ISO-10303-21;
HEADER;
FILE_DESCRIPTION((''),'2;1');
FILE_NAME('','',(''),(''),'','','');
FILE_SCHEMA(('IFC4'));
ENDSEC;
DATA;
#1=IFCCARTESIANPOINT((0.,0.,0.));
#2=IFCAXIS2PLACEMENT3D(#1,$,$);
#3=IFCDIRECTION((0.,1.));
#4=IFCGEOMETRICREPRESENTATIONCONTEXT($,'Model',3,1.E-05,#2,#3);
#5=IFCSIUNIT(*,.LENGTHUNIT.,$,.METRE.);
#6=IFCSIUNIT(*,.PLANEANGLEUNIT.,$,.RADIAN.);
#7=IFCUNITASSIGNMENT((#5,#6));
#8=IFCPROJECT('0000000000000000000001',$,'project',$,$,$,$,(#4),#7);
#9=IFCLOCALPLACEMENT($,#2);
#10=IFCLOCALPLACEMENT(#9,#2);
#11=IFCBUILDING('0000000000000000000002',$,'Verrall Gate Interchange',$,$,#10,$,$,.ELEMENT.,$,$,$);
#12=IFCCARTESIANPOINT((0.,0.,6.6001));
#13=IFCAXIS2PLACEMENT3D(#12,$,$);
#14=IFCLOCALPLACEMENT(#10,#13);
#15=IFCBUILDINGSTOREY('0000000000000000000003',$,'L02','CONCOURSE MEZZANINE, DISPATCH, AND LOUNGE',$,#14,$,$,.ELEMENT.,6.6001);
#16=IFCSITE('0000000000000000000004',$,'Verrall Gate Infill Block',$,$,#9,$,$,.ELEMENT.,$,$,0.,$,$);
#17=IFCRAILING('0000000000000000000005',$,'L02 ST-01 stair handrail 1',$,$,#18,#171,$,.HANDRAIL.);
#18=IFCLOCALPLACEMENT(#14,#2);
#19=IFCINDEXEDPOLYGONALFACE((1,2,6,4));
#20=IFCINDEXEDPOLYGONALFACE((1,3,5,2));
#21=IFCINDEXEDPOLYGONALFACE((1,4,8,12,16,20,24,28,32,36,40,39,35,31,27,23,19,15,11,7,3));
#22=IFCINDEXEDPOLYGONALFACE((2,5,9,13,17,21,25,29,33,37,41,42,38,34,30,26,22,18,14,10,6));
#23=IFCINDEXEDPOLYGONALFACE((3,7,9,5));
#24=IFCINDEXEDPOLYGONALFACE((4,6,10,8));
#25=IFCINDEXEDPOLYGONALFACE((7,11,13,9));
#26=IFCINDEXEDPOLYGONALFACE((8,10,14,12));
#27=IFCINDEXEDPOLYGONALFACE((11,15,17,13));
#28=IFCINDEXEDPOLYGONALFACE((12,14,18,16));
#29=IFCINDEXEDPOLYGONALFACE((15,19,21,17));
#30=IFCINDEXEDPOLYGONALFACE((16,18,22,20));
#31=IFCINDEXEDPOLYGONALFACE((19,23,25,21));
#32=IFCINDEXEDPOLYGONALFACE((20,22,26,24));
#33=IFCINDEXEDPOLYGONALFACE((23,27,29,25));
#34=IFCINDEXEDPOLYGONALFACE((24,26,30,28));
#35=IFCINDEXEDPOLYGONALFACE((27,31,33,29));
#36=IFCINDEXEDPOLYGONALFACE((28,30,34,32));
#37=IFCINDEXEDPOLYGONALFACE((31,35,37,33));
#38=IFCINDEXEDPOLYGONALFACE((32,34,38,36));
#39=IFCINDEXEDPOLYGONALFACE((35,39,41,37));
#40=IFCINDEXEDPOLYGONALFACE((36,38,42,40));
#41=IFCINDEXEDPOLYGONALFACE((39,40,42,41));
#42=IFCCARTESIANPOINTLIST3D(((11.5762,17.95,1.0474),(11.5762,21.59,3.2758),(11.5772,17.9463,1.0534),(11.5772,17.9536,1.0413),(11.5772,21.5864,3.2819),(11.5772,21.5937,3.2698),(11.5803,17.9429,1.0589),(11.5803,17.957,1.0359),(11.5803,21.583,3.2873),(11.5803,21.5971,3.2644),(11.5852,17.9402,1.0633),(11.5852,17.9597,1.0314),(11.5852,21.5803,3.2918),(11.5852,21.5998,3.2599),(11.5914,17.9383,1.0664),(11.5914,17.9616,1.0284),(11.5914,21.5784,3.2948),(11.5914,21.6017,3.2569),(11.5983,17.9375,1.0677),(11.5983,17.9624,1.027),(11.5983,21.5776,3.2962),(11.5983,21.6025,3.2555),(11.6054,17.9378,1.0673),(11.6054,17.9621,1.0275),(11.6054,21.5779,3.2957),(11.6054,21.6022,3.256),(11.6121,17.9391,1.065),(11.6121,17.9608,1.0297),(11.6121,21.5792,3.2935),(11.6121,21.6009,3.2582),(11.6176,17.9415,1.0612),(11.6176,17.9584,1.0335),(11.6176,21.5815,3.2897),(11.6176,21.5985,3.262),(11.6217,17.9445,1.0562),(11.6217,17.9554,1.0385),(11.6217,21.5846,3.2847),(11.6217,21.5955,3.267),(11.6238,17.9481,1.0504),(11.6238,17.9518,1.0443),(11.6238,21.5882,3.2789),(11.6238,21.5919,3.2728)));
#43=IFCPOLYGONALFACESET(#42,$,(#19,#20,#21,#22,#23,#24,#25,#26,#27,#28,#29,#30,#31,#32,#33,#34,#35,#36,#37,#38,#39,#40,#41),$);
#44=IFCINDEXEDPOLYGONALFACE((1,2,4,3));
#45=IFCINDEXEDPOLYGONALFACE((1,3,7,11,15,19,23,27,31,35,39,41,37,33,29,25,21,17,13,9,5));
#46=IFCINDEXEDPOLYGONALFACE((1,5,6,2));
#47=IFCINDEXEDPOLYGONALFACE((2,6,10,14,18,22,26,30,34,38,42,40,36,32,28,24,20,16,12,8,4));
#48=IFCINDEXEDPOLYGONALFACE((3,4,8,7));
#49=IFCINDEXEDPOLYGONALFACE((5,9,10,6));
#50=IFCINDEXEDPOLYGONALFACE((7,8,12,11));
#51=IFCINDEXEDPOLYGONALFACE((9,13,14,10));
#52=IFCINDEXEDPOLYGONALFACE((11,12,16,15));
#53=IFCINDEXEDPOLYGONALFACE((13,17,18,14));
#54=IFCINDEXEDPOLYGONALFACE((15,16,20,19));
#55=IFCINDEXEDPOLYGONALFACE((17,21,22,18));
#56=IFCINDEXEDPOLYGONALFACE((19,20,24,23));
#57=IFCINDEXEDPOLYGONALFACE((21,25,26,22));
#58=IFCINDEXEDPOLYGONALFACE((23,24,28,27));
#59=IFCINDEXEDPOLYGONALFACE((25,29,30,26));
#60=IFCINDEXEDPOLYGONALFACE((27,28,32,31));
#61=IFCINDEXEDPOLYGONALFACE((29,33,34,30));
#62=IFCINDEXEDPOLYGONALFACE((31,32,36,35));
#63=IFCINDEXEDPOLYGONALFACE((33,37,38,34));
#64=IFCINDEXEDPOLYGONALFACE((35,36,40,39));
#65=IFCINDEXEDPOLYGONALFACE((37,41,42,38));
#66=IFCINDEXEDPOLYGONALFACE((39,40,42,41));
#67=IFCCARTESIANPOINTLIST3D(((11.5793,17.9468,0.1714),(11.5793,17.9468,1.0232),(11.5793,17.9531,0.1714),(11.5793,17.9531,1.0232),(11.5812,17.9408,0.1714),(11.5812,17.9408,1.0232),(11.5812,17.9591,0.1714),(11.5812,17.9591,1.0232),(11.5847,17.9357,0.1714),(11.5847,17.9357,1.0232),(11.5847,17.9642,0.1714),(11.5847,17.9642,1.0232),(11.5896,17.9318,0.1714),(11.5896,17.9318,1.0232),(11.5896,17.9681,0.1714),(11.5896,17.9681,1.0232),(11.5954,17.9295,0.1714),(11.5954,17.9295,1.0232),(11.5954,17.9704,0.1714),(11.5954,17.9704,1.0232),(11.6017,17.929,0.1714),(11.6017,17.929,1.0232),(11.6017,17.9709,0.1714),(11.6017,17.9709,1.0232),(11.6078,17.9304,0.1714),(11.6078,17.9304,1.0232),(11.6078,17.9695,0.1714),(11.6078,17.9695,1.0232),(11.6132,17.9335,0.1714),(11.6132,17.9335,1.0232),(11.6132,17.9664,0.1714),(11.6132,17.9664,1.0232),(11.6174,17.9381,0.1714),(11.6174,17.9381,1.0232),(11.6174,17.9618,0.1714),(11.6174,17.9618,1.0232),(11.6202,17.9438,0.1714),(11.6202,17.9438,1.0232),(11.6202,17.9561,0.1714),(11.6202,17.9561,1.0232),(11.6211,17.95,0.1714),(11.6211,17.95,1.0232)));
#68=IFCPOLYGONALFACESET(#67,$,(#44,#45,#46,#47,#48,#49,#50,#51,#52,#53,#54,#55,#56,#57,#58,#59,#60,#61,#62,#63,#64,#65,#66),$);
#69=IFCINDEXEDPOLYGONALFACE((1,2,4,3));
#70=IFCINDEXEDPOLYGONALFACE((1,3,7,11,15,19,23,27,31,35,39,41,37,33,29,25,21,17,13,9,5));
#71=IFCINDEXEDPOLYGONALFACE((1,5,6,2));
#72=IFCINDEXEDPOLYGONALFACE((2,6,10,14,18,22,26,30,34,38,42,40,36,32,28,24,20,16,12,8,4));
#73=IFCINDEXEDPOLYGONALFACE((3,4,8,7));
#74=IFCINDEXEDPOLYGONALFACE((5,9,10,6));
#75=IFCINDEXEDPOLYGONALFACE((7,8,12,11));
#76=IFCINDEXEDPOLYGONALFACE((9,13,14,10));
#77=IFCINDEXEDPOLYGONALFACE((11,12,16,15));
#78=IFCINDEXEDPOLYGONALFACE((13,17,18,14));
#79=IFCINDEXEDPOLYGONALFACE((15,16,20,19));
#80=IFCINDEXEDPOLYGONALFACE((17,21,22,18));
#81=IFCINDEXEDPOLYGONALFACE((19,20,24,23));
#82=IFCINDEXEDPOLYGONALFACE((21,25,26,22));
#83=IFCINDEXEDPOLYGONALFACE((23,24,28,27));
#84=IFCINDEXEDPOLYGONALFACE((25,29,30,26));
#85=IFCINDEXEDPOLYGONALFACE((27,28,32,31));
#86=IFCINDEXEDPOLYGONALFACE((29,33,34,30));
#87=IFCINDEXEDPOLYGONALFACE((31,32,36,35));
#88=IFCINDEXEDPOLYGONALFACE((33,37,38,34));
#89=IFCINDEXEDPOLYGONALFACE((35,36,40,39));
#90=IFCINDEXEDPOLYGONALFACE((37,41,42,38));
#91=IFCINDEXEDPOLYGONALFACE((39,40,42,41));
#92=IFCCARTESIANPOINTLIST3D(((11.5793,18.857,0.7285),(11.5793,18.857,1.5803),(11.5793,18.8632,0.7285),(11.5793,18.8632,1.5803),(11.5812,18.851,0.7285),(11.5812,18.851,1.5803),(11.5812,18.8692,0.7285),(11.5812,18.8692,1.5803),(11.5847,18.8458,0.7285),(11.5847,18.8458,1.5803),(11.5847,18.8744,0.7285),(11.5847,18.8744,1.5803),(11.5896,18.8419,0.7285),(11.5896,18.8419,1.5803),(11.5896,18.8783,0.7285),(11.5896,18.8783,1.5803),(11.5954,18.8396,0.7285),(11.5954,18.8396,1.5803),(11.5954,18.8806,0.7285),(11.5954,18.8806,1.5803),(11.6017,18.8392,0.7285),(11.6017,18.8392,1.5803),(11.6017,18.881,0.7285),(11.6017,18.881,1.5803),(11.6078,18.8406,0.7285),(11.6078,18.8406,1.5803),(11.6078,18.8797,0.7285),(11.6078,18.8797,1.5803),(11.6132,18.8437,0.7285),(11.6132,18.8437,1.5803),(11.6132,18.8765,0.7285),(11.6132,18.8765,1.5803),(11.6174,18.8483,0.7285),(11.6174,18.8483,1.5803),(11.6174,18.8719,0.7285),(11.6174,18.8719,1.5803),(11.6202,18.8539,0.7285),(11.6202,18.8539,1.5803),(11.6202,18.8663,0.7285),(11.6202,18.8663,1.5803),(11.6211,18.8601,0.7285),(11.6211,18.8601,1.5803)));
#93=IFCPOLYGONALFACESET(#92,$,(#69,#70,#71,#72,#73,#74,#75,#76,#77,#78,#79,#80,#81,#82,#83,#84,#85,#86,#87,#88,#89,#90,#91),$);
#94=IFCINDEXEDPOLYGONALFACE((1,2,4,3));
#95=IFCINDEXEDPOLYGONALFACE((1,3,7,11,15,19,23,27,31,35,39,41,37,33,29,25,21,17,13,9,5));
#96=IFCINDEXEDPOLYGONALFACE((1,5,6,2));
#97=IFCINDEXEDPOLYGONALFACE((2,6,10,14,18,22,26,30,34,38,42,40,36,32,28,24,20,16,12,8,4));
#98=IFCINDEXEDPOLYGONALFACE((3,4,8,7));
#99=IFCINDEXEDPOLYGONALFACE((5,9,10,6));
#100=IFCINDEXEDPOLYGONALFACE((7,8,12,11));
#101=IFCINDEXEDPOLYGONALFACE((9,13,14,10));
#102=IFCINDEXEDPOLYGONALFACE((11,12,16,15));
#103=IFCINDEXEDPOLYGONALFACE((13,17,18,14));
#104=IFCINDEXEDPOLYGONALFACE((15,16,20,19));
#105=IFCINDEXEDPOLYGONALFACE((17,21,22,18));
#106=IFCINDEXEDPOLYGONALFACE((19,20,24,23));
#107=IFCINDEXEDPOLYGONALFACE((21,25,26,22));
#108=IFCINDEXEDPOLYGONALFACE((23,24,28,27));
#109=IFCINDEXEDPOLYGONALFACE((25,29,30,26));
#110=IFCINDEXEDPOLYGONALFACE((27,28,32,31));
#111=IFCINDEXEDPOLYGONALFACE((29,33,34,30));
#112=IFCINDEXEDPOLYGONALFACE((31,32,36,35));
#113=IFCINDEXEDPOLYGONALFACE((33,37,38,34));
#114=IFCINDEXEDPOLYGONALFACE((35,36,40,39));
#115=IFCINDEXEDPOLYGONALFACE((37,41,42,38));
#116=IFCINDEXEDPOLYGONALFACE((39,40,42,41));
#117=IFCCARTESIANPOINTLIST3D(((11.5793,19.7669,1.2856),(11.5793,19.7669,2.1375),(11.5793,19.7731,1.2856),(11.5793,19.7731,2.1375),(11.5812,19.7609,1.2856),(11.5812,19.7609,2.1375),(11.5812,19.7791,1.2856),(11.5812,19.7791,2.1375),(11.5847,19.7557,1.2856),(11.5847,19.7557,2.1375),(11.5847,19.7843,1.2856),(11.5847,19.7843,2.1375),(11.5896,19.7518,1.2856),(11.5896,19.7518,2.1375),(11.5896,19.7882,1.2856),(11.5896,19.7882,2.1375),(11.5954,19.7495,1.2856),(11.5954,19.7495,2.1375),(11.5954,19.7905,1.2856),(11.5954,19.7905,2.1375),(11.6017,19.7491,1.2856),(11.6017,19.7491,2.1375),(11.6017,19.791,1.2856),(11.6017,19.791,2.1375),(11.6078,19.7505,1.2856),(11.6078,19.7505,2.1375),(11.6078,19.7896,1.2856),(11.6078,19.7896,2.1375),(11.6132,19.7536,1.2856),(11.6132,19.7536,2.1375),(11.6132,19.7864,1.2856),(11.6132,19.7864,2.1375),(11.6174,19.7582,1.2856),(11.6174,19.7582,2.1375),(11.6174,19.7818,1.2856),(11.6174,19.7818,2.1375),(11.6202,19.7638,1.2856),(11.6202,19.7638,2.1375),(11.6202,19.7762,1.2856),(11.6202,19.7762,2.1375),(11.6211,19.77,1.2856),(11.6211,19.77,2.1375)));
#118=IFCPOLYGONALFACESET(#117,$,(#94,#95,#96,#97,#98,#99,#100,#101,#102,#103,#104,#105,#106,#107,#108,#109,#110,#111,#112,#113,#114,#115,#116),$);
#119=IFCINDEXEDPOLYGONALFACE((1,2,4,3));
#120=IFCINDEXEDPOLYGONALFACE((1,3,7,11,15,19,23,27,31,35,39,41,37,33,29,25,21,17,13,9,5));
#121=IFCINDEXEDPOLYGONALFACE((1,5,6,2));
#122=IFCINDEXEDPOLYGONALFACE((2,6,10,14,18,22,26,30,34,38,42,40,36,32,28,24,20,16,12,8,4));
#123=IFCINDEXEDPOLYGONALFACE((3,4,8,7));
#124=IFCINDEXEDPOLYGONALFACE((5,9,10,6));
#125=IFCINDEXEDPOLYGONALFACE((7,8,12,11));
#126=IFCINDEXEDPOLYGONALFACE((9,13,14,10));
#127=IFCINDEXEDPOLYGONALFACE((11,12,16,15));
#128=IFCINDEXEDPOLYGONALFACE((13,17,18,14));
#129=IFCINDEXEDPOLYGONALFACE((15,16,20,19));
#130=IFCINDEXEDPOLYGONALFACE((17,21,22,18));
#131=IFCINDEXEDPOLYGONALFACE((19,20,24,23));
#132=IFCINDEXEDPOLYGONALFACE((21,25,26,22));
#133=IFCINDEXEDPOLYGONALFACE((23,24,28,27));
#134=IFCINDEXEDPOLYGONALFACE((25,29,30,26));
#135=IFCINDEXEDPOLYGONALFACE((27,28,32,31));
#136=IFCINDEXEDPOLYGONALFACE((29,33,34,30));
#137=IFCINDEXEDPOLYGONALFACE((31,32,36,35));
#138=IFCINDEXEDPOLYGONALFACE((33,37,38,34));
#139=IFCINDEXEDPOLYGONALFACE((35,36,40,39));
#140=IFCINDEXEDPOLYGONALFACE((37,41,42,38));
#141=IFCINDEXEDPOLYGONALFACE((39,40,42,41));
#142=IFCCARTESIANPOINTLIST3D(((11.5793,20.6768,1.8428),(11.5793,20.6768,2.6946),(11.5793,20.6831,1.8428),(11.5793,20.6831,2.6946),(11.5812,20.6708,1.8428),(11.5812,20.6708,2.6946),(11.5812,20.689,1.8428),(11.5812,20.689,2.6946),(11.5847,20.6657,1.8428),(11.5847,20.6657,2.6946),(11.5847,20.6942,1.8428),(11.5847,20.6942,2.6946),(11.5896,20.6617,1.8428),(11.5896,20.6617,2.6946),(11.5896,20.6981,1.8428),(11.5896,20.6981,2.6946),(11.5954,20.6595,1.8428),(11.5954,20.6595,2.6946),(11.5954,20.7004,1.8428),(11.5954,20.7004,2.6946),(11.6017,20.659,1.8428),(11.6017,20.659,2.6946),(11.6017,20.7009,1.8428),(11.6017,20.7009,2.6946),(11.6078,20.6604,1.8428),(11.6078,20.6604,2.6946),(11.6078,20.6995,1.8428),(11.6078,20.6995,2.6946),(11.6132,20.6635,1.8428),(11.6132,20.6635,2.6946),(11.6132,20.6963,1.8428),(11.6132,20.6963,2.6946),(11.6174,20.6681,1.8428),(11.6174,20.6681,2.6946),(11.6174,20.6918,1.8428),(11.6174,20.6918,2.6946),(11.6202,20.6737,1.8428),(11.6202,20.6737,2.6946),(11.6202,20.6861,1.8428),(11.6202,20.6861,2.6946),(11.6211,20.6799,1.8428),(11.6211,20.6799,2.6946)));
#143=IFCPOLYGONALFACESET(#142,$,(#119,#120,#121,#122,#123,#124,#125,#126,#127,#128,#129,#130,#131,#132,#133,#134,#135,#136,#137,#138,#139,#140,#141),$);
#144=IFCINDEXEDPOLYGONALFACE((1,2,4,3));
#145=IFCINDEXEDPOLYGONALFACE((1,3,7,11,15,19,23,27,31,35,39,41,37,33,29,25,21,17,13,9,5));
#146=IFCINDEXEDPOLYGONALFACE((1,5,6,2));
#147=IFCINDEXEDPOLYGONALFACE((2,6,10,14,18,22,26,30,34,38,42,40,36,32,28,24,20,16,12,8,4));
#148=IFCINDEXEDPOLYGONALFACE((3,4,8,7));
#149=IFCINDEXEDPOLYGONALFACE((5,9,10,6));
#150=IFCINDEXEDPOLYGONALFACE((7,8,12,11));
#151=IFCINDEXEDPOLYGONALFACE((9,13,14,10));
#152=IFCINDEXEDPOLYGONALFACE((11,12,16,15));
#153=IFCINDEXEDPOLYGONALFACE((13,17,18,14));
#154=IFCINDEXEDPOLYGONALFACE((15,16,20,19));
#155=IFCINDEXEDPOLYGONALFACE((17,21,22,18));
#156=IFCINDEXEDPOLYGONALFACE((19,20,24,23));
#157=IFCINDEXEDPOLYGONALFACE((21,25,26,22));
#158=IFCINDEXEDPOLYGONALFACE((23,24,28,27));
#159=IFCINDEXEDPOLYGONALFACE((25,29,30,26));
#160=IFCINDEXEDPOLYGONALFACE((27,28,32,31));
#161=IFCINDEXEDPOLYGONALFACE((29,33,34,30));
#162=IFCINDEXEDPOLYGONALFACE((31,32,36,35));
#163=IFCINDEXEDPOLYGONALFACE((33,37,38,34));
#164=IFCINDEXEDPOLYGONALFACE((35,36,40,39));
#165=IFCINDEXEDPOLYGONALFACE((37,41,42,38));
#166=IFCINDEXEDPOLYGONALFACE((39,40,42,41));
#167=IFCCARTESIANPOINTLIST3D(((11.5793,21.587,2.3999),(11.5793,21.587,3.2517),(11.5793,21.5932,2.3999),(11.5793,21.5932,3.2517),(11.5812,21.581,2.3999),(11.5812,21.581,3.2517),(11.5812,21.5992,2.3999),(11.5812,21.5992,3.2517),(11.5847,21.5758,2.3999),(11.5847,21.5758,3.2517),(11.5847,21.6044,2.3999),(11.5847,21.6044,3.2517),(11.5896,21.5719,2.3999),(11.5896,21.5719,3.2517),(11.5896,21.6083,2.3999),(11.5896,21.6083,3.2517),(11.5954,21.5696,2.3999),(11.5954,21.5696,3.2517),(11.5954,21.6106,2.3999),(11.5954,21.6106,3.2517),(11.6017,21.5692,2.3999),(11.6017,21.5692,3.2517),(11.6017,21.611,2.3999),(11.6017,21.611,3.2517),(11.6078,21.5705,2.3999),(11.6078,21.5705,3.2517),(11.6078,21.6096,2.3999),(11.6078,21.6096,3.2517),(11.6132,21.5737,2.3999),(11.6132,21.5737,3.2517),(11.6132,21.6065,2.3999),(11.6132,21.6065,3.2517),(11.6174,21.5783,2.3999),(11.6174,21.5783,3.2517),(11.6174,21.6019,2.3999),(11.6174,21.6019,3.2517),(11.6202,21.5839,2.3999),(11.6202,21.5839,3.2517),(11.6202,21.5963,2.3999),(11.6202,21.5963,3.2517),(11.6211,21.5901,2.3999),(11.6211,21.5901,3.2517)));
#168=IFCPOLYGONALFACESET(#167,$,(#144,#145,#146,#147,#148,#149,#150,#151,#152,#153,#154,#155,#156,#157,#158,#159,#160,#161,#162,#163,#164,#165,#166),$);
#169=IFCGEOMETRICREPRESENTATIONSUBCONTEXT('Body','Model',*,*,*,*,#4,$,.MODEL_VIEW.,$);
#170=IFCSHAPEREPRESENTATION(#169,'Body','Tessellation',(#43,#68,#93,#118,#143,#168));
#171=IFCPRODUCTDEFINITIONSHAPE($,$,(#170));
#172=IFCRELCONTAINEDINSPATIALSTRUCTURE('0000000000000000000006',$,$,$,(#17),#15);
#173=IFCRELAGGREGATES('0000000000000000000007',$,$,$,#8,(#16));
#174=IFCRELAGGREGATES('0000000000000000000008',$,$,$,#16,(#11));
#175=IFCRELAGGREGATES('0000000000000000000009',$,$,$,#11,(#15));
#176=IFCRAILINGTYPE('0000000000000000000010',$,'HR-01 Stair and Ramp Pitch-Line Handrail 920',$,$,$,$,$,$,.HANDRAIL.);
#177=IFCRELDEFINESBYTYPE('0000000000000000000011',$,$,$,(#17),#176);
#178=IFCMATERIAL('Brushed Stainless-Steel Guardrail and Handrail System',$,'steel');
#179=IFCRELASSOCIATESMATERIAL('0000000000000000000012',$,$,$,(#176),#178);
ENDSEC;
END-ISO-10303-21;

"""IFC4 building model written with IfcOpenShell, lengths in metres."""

from ifc_helpers import new_model, si_unit, direction, frame, origin, origin_2d, place, context, subcontext, project, spatial, circle, extrude, material, type_object, element, save


model = new_model("IFC4")

# Units and contexts
model_context = context("Model", 3, precision=1e-05, world=origin(), true_north=direction((0.0, 1.0)))
body_context = subcontext(model_context, "Body", "Model", "MODEL_VIEW")
ifc_project = project(units=[si_unit("LENGTHUNIT", "METRE"), si_unit("PLANEANGLEUNIT", "RADIAN")], contexts=[model_context])

# Site, building, storey
site_placement = place(None, origin())
site = spatial("IfcSite", under=ifc_project, at=site_placement, Name="Verrall Gate Infill Block", CompositionType="ELEMENT", RefElevation=0.0)
building_placement = place(site_placement, origin())
building = spatial("IfcBuilding", under=site, at=building_placement, Name="Verrall Gate Interchange", CompositionType="ELEMENT")
storey_placement = place(building_placement, frame((0.0, 0.0, 6.6001)))
storey = spatial("IfcBuildingStorey", under=building, at=storey_placement, Name="L02", Description="CONCOURSE MEZZANINE, DISPATCH, AND LOUNGE", CompositionType="ELEMENT", Elevation=6.6001)

# Railing
ifc_material_1 = material(Name="Brushed Stainless-Steel Guardrail and Handrail System", Category="steel")
railing_type_1 = type_object("IfcRailingType", Name="HR-01 Stair and Ramp Pitch-Line Handrail 920", PredefinedType="HANDRAIL", material=ifc_material_1)
railing_1_placement = place(storey_placement, frame((11.6001, 17.95, 0.1714)))
element("IfcRailing", 1, at=railing_1_placement, inside=storey, type_object=railing_type_1, Name="L02 ST-01 stair handrail 1", PredefinedType="HANDRAIL", context=body_context, shape_type="SweptSolid", body=[
    extrude(circle(Radius=0.0239, at=origin_2d()), frame((0.0, 0.0, 0.876), z_axis=(0.0, 0.852866, 0.52213), x_axis=(-1.0, 0.0, 0.0)), (0.0, 0.0, 1.0), 4.2681),
    extrude(circle(Radius=0.021, at=origin_2d()), origin(), (0.0, 0.0, 1.0), 0.8518),
    extrude(circle(Radius=0.021, at=origin_2d()), frame((0.0, 0.9102, 0.5571)), (0.0, 0.0, 1.0), 0.8518),
    extrude(circle(Radius=0.021, at=origin_2d()), frame((0.0, 1.8201, 1.1143)), (0.0, 0.0, 1.0), 0.8518),
    extrude(circle(Radius=0.021, at=origin_2d()), frame((0.0, 2.73, 1.6714)), (0.0, 0.0, 1.0), 0.8518),
    extrude(circle(Radius=0.021, at=origin_2d()), frame((0.0, 3.6401, 2.2285)), (0.0, 0.0, 1.0), 0.8518),
])

save(model, "model.ifc")
